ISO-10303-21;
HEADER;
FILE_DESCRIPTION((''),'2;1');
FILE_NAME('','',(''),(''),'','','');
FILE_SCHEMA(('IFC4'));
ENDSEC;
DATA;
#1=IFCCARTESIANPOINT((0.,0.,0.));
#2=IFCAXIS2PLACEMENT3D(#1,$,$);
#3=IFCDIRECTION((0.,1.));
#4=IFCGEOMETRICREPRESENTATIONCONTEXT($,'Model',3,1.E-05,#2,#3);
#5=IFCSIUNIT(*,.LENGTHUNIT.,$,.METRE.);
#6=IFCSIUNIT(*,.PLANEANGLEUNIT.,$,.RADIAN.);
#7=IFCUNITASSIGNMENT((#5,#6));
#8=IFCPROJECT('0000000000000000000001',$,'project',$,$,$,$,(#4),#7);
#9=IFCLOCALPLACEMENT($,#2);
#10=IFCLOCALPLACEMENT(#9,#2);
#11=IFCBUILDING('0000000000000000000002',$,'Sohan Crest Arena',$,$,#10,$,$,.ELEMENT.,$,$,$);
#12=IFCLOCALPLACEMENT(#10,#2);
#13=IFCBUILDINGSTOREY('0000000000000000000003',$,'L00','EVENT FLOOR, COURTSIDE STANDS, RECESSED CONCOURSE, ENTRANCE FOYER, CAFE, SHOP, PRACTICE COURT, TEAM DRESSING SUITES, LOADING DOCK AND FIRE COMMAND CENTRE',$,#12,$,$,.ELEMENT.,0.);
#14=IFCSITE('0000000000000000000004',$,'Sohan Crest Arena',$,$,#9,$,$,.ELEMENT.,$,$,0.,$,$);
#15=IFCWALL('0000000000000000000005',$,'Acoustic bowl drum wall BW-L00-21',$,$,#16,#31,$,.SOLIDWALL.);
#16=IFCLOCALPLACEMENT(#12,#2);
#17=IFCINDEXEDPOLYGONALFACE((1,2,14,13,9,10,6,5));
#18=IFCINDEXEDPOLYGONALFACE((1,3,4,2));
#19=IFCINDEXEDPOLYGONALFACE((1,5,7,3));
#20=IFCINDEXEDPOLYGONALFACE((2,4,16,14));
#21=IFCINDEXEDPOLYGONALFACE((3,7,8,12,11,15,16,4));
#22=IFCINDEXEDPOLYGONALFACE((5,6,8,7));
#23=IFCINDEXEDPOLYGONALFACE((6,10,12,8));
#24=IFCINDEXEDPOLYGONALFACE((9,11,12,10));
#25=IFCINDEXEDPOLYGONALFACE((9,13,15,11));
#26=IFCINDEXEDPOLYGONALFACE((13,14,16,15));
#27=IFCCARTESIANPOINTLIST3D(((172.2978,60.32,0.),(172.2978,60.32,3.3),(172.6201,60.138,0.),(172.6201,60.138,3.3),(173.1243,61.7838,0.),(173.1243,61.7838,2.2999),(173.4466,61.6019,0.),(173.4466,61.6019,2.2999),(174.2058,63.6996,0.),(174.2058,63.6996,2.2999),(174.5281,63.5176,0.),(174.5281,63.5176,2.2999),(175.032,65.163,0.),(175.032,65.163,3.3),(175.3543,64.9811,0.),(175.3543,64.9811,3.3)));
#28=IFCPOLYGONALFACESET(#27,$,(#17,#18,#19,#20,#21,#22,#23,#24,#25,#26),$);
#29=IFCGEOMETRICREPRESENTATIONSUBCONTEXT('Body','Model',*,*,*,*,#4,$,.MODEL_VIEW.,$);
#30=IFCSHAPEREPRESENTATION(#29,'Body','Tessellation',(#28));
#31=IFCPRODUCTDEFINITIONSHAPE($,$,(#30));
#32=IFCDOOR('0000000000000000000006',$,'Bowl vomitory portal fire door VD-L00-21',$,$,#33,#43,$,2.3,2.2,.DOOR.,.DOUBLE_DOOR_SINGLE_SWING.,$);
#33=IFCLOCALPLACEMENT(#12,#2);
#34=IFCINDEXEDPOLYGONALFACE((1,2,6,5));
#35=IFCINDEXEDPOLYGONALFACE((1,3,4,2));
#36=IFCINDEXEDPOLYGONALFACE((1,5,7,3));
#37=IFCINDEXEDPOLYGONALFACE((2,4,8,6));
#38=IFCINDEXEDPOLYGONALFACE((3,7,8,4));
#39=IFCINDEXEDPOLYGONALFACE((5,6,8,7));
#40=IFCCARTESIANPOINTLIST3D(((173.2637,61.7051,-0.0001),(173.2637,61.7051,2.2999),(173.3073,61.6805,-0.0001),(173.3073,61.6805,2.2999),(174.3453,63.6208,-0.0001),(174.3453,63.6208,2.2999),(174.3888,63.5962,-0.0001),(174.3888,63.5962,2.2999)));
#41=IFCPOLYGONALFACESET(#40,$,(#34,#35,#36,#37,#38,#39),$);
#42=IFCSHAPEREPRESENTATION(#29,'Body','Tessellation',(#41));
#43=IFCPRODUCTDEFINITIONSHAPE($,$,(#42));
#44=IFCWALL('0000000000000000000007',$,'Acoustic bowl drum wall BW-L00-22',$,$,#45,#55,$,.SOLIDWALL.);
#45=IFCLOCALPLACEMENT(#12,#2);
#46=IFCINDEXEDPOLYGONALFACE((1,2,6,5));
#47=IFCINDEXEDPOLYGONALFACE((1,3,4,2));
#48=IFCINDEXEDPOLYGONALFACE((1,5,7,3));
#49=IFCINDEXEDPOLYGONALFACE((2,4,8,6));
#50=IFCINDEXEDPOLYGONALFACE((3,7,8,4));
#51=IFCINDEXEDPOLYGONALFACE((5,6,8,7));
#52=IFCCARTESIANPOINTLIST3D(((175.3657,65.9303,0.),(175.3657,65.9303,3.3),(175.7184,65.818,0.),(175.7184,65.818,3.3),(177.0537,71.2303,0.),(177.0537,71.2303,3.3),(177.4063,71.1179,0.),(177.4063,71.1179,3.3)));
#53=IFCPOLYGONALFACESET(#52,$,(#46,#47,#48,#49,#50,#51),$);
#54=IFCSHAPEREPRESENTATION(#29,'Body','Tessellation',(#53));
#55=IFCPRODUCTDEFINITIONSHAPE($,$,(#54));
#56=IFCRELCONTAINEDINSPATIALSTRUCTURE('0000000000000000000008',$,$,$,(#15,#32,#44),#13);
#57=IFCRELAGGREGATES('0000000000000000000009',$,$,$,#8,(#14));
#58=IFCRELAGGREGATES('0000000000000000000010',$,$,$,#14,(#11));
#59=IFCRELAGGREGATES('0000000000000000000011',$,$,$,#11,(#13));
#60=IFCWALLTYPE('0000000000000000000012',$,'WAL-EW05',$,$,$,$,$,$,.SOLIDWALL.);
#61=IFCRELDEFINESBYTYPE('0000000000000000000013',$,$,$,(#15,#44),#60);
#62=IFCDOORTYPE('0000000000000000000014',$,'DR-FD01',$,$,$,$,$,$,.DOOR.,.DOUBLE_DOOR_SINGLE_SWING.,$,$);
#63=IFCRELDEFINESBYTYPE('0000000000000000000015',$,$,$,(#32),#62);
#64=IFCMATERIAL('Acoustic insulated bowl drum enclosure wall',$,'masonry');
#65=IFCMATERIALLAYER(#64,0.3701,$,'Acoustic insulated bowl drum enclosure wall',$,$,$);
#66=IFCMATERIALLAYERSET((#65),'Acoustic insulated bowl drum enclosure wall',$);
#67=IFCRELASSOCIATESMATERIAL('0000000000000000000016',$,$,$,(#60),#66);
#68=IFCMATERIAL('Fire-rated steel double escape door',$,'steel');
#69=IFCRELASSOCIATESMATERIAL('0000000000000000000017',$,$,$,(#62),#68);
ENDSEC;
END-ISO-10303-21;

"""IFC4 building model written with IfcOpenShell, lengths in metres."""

from ifc_helpers import new_model, si_unit, direction, frame, frame_2d, origin, place, context, subcontext, project, spatial, rectangle, extrude, material, layer, layer_set, type_object, element, fill, save


model = new_model("IFC4")

# Units and contexts
model_context = context("Model", 3, precision=1e-05, world=origin(), true_north=direction((0.0, 1.0)))
body_context = subcontext(model_context, "Body", "Model", "MODEL_VIEW")
ifc_project = project(units=[si_unit("LENGTHUNIT", "METRE"), si_unit("PLANEANGLEUNIT", "RADIAN")], contexts=[model_context])

# Site, building, storey
site_placement = place(None, origin())
site = spatial("IfcSite", under=ifc_project, at=site_placement, Name="Sohan Crest Arena", CompositionType="ELEMENT", RefElevation=0.0)
building_placement = place(site_placement, origin())
building = spatial("IfcBuilding", under=site, at=building_placement, Name="Sohan Crest Arena", CompositionType="ELEMENT")
storey_placement = place(building_placement, origin())
storey = spatial("IfcBuildingStorey", under=building, at=storey_placement, Name="L00", Description="EVENT FLOOR, COURTSIDE STANDS, RECESSED CONCOURSE, ENTRANCE FOYER, CAFE, SHOP, PRACTICE COURT, TEAM DRESSING SUITES, LOADING DOCK AND FIRE COMMAND CENTRE", CompositionType="ELEMENT", Elevation=0.0)

# Shared definitions
ifc_material_1 = material(Name="Acoustic insulated bowl drum enclosure wall", Category="masonry")
ifc_layer = layer(ifc_material_1, 0.3701, Name="Acoustic insulated bowl drum enclosure wall")
ifc_layer_set = layer_set([ifc_layer], Name="Acoustic insulated bowl drum enclosure wall")
wall_type = type_object("IfcWallType", Name="WAL-EW05", PredefinedType="SOLIDWALL", material=ifc_layer_set)

# Wall, opening, door
wall_1_placement = place(storey_placement, frame((172.459, 60.229, 0.0), z_axis=(0.0, 0.0, 1.0), x_axis=(0.491617, 0.870811, 0.0)))
wall_1 = element("IfcWall", 1, at=wall_1_placement, inside=storey, type_object=wall_type, Name="Acoustic bowl drum wall BW-L00-21", PredefinedType="SOLIDWALL", context=body_context, shape_type="SweptSolid", body=[
    extrude(rectangle(XDim=5.5615, YDim=0.3701, at=frame_2d((2.7808, 0.0))), origin(), (0.0, 0.0, 1.0), 3.3),
])
opening_placement = place(wall_1_placement, frame((1.6809, 0.0, 0.0)))
opening = element("IfcOpeningElement", 2, at=opening_placement, cuts=wall_1, PredefinedType="OPENING", context=body_context, shape_type="SweptSolid", body=[
    extrude(rectangle(XDim=2.2, YDim=2.3, at=frame_2d((1.1001, 1.1499))), frame((0.0, 0.1951, 0.0), z_axis=(0.0, -1.0, 0.0), x_axis=(1.0, 0.0, 0.0)), (0.0, 0.0, 1.0), 0.3901),
])
ifc_material_2 = material(Name="Fire-rated steel double escape door", Category="steel")
door_type = type_object("IfcDoorType", Name="DR-FD01", OperationType="DOUBLE_DOOR_SINGLE_SWING", PredefinedType="DOOR", material=ifc_material_2)
door_placement = place(opening_placement, origin())
door = element("IfcDoor", 3, at=door_placement, inside=storey, type_object=door_type, Name="Bowl vomitory portal fire door VD-L00-21", OperationType="DOUBLE_DOOR_SINGLE_SWING", OverallHeight=2.3, OverallWidth=2.2, PredefinedType="DOOR", context=body_context, shape_type="SweptSolid", body=[
    extrude(rectangle(XDim=2.2, YDim=2.3, at=frame_2d((1.1001, 1.1499))), frame((0.0, 0.0249, 0.0), z_axis=(0.0, -1.0, 0.0), x_axis=(1.0, 0.0, 0.0)), (0.0, 0.0, 1.0), 0.05),
])
fill(opening, door)

# Wall
wall_2_placement = place(storey_placement, frame((175.542, 65.874, 0.0), z_axis=(0.0, 0.0, 1.0), x_axis=(0.303466, 0.952842, 0.0)))
element("IfcWall", 4, at=wall_2_placement, inside=storey, type_object=wall_type, Name="Acoustic bowl drum wall BW-L00-22", PredefinedType="SOLIDWALL", context=body_context, shape_type="SweptSolid", body=[
    extrude(rectangle(XDim=5.5623, YDim=0.3701, at=frame_2d((2.7812, 0.0))), origin(), (0.0, 0.0, 1.0), 3.3),
])

save(model, "model.ifc")
